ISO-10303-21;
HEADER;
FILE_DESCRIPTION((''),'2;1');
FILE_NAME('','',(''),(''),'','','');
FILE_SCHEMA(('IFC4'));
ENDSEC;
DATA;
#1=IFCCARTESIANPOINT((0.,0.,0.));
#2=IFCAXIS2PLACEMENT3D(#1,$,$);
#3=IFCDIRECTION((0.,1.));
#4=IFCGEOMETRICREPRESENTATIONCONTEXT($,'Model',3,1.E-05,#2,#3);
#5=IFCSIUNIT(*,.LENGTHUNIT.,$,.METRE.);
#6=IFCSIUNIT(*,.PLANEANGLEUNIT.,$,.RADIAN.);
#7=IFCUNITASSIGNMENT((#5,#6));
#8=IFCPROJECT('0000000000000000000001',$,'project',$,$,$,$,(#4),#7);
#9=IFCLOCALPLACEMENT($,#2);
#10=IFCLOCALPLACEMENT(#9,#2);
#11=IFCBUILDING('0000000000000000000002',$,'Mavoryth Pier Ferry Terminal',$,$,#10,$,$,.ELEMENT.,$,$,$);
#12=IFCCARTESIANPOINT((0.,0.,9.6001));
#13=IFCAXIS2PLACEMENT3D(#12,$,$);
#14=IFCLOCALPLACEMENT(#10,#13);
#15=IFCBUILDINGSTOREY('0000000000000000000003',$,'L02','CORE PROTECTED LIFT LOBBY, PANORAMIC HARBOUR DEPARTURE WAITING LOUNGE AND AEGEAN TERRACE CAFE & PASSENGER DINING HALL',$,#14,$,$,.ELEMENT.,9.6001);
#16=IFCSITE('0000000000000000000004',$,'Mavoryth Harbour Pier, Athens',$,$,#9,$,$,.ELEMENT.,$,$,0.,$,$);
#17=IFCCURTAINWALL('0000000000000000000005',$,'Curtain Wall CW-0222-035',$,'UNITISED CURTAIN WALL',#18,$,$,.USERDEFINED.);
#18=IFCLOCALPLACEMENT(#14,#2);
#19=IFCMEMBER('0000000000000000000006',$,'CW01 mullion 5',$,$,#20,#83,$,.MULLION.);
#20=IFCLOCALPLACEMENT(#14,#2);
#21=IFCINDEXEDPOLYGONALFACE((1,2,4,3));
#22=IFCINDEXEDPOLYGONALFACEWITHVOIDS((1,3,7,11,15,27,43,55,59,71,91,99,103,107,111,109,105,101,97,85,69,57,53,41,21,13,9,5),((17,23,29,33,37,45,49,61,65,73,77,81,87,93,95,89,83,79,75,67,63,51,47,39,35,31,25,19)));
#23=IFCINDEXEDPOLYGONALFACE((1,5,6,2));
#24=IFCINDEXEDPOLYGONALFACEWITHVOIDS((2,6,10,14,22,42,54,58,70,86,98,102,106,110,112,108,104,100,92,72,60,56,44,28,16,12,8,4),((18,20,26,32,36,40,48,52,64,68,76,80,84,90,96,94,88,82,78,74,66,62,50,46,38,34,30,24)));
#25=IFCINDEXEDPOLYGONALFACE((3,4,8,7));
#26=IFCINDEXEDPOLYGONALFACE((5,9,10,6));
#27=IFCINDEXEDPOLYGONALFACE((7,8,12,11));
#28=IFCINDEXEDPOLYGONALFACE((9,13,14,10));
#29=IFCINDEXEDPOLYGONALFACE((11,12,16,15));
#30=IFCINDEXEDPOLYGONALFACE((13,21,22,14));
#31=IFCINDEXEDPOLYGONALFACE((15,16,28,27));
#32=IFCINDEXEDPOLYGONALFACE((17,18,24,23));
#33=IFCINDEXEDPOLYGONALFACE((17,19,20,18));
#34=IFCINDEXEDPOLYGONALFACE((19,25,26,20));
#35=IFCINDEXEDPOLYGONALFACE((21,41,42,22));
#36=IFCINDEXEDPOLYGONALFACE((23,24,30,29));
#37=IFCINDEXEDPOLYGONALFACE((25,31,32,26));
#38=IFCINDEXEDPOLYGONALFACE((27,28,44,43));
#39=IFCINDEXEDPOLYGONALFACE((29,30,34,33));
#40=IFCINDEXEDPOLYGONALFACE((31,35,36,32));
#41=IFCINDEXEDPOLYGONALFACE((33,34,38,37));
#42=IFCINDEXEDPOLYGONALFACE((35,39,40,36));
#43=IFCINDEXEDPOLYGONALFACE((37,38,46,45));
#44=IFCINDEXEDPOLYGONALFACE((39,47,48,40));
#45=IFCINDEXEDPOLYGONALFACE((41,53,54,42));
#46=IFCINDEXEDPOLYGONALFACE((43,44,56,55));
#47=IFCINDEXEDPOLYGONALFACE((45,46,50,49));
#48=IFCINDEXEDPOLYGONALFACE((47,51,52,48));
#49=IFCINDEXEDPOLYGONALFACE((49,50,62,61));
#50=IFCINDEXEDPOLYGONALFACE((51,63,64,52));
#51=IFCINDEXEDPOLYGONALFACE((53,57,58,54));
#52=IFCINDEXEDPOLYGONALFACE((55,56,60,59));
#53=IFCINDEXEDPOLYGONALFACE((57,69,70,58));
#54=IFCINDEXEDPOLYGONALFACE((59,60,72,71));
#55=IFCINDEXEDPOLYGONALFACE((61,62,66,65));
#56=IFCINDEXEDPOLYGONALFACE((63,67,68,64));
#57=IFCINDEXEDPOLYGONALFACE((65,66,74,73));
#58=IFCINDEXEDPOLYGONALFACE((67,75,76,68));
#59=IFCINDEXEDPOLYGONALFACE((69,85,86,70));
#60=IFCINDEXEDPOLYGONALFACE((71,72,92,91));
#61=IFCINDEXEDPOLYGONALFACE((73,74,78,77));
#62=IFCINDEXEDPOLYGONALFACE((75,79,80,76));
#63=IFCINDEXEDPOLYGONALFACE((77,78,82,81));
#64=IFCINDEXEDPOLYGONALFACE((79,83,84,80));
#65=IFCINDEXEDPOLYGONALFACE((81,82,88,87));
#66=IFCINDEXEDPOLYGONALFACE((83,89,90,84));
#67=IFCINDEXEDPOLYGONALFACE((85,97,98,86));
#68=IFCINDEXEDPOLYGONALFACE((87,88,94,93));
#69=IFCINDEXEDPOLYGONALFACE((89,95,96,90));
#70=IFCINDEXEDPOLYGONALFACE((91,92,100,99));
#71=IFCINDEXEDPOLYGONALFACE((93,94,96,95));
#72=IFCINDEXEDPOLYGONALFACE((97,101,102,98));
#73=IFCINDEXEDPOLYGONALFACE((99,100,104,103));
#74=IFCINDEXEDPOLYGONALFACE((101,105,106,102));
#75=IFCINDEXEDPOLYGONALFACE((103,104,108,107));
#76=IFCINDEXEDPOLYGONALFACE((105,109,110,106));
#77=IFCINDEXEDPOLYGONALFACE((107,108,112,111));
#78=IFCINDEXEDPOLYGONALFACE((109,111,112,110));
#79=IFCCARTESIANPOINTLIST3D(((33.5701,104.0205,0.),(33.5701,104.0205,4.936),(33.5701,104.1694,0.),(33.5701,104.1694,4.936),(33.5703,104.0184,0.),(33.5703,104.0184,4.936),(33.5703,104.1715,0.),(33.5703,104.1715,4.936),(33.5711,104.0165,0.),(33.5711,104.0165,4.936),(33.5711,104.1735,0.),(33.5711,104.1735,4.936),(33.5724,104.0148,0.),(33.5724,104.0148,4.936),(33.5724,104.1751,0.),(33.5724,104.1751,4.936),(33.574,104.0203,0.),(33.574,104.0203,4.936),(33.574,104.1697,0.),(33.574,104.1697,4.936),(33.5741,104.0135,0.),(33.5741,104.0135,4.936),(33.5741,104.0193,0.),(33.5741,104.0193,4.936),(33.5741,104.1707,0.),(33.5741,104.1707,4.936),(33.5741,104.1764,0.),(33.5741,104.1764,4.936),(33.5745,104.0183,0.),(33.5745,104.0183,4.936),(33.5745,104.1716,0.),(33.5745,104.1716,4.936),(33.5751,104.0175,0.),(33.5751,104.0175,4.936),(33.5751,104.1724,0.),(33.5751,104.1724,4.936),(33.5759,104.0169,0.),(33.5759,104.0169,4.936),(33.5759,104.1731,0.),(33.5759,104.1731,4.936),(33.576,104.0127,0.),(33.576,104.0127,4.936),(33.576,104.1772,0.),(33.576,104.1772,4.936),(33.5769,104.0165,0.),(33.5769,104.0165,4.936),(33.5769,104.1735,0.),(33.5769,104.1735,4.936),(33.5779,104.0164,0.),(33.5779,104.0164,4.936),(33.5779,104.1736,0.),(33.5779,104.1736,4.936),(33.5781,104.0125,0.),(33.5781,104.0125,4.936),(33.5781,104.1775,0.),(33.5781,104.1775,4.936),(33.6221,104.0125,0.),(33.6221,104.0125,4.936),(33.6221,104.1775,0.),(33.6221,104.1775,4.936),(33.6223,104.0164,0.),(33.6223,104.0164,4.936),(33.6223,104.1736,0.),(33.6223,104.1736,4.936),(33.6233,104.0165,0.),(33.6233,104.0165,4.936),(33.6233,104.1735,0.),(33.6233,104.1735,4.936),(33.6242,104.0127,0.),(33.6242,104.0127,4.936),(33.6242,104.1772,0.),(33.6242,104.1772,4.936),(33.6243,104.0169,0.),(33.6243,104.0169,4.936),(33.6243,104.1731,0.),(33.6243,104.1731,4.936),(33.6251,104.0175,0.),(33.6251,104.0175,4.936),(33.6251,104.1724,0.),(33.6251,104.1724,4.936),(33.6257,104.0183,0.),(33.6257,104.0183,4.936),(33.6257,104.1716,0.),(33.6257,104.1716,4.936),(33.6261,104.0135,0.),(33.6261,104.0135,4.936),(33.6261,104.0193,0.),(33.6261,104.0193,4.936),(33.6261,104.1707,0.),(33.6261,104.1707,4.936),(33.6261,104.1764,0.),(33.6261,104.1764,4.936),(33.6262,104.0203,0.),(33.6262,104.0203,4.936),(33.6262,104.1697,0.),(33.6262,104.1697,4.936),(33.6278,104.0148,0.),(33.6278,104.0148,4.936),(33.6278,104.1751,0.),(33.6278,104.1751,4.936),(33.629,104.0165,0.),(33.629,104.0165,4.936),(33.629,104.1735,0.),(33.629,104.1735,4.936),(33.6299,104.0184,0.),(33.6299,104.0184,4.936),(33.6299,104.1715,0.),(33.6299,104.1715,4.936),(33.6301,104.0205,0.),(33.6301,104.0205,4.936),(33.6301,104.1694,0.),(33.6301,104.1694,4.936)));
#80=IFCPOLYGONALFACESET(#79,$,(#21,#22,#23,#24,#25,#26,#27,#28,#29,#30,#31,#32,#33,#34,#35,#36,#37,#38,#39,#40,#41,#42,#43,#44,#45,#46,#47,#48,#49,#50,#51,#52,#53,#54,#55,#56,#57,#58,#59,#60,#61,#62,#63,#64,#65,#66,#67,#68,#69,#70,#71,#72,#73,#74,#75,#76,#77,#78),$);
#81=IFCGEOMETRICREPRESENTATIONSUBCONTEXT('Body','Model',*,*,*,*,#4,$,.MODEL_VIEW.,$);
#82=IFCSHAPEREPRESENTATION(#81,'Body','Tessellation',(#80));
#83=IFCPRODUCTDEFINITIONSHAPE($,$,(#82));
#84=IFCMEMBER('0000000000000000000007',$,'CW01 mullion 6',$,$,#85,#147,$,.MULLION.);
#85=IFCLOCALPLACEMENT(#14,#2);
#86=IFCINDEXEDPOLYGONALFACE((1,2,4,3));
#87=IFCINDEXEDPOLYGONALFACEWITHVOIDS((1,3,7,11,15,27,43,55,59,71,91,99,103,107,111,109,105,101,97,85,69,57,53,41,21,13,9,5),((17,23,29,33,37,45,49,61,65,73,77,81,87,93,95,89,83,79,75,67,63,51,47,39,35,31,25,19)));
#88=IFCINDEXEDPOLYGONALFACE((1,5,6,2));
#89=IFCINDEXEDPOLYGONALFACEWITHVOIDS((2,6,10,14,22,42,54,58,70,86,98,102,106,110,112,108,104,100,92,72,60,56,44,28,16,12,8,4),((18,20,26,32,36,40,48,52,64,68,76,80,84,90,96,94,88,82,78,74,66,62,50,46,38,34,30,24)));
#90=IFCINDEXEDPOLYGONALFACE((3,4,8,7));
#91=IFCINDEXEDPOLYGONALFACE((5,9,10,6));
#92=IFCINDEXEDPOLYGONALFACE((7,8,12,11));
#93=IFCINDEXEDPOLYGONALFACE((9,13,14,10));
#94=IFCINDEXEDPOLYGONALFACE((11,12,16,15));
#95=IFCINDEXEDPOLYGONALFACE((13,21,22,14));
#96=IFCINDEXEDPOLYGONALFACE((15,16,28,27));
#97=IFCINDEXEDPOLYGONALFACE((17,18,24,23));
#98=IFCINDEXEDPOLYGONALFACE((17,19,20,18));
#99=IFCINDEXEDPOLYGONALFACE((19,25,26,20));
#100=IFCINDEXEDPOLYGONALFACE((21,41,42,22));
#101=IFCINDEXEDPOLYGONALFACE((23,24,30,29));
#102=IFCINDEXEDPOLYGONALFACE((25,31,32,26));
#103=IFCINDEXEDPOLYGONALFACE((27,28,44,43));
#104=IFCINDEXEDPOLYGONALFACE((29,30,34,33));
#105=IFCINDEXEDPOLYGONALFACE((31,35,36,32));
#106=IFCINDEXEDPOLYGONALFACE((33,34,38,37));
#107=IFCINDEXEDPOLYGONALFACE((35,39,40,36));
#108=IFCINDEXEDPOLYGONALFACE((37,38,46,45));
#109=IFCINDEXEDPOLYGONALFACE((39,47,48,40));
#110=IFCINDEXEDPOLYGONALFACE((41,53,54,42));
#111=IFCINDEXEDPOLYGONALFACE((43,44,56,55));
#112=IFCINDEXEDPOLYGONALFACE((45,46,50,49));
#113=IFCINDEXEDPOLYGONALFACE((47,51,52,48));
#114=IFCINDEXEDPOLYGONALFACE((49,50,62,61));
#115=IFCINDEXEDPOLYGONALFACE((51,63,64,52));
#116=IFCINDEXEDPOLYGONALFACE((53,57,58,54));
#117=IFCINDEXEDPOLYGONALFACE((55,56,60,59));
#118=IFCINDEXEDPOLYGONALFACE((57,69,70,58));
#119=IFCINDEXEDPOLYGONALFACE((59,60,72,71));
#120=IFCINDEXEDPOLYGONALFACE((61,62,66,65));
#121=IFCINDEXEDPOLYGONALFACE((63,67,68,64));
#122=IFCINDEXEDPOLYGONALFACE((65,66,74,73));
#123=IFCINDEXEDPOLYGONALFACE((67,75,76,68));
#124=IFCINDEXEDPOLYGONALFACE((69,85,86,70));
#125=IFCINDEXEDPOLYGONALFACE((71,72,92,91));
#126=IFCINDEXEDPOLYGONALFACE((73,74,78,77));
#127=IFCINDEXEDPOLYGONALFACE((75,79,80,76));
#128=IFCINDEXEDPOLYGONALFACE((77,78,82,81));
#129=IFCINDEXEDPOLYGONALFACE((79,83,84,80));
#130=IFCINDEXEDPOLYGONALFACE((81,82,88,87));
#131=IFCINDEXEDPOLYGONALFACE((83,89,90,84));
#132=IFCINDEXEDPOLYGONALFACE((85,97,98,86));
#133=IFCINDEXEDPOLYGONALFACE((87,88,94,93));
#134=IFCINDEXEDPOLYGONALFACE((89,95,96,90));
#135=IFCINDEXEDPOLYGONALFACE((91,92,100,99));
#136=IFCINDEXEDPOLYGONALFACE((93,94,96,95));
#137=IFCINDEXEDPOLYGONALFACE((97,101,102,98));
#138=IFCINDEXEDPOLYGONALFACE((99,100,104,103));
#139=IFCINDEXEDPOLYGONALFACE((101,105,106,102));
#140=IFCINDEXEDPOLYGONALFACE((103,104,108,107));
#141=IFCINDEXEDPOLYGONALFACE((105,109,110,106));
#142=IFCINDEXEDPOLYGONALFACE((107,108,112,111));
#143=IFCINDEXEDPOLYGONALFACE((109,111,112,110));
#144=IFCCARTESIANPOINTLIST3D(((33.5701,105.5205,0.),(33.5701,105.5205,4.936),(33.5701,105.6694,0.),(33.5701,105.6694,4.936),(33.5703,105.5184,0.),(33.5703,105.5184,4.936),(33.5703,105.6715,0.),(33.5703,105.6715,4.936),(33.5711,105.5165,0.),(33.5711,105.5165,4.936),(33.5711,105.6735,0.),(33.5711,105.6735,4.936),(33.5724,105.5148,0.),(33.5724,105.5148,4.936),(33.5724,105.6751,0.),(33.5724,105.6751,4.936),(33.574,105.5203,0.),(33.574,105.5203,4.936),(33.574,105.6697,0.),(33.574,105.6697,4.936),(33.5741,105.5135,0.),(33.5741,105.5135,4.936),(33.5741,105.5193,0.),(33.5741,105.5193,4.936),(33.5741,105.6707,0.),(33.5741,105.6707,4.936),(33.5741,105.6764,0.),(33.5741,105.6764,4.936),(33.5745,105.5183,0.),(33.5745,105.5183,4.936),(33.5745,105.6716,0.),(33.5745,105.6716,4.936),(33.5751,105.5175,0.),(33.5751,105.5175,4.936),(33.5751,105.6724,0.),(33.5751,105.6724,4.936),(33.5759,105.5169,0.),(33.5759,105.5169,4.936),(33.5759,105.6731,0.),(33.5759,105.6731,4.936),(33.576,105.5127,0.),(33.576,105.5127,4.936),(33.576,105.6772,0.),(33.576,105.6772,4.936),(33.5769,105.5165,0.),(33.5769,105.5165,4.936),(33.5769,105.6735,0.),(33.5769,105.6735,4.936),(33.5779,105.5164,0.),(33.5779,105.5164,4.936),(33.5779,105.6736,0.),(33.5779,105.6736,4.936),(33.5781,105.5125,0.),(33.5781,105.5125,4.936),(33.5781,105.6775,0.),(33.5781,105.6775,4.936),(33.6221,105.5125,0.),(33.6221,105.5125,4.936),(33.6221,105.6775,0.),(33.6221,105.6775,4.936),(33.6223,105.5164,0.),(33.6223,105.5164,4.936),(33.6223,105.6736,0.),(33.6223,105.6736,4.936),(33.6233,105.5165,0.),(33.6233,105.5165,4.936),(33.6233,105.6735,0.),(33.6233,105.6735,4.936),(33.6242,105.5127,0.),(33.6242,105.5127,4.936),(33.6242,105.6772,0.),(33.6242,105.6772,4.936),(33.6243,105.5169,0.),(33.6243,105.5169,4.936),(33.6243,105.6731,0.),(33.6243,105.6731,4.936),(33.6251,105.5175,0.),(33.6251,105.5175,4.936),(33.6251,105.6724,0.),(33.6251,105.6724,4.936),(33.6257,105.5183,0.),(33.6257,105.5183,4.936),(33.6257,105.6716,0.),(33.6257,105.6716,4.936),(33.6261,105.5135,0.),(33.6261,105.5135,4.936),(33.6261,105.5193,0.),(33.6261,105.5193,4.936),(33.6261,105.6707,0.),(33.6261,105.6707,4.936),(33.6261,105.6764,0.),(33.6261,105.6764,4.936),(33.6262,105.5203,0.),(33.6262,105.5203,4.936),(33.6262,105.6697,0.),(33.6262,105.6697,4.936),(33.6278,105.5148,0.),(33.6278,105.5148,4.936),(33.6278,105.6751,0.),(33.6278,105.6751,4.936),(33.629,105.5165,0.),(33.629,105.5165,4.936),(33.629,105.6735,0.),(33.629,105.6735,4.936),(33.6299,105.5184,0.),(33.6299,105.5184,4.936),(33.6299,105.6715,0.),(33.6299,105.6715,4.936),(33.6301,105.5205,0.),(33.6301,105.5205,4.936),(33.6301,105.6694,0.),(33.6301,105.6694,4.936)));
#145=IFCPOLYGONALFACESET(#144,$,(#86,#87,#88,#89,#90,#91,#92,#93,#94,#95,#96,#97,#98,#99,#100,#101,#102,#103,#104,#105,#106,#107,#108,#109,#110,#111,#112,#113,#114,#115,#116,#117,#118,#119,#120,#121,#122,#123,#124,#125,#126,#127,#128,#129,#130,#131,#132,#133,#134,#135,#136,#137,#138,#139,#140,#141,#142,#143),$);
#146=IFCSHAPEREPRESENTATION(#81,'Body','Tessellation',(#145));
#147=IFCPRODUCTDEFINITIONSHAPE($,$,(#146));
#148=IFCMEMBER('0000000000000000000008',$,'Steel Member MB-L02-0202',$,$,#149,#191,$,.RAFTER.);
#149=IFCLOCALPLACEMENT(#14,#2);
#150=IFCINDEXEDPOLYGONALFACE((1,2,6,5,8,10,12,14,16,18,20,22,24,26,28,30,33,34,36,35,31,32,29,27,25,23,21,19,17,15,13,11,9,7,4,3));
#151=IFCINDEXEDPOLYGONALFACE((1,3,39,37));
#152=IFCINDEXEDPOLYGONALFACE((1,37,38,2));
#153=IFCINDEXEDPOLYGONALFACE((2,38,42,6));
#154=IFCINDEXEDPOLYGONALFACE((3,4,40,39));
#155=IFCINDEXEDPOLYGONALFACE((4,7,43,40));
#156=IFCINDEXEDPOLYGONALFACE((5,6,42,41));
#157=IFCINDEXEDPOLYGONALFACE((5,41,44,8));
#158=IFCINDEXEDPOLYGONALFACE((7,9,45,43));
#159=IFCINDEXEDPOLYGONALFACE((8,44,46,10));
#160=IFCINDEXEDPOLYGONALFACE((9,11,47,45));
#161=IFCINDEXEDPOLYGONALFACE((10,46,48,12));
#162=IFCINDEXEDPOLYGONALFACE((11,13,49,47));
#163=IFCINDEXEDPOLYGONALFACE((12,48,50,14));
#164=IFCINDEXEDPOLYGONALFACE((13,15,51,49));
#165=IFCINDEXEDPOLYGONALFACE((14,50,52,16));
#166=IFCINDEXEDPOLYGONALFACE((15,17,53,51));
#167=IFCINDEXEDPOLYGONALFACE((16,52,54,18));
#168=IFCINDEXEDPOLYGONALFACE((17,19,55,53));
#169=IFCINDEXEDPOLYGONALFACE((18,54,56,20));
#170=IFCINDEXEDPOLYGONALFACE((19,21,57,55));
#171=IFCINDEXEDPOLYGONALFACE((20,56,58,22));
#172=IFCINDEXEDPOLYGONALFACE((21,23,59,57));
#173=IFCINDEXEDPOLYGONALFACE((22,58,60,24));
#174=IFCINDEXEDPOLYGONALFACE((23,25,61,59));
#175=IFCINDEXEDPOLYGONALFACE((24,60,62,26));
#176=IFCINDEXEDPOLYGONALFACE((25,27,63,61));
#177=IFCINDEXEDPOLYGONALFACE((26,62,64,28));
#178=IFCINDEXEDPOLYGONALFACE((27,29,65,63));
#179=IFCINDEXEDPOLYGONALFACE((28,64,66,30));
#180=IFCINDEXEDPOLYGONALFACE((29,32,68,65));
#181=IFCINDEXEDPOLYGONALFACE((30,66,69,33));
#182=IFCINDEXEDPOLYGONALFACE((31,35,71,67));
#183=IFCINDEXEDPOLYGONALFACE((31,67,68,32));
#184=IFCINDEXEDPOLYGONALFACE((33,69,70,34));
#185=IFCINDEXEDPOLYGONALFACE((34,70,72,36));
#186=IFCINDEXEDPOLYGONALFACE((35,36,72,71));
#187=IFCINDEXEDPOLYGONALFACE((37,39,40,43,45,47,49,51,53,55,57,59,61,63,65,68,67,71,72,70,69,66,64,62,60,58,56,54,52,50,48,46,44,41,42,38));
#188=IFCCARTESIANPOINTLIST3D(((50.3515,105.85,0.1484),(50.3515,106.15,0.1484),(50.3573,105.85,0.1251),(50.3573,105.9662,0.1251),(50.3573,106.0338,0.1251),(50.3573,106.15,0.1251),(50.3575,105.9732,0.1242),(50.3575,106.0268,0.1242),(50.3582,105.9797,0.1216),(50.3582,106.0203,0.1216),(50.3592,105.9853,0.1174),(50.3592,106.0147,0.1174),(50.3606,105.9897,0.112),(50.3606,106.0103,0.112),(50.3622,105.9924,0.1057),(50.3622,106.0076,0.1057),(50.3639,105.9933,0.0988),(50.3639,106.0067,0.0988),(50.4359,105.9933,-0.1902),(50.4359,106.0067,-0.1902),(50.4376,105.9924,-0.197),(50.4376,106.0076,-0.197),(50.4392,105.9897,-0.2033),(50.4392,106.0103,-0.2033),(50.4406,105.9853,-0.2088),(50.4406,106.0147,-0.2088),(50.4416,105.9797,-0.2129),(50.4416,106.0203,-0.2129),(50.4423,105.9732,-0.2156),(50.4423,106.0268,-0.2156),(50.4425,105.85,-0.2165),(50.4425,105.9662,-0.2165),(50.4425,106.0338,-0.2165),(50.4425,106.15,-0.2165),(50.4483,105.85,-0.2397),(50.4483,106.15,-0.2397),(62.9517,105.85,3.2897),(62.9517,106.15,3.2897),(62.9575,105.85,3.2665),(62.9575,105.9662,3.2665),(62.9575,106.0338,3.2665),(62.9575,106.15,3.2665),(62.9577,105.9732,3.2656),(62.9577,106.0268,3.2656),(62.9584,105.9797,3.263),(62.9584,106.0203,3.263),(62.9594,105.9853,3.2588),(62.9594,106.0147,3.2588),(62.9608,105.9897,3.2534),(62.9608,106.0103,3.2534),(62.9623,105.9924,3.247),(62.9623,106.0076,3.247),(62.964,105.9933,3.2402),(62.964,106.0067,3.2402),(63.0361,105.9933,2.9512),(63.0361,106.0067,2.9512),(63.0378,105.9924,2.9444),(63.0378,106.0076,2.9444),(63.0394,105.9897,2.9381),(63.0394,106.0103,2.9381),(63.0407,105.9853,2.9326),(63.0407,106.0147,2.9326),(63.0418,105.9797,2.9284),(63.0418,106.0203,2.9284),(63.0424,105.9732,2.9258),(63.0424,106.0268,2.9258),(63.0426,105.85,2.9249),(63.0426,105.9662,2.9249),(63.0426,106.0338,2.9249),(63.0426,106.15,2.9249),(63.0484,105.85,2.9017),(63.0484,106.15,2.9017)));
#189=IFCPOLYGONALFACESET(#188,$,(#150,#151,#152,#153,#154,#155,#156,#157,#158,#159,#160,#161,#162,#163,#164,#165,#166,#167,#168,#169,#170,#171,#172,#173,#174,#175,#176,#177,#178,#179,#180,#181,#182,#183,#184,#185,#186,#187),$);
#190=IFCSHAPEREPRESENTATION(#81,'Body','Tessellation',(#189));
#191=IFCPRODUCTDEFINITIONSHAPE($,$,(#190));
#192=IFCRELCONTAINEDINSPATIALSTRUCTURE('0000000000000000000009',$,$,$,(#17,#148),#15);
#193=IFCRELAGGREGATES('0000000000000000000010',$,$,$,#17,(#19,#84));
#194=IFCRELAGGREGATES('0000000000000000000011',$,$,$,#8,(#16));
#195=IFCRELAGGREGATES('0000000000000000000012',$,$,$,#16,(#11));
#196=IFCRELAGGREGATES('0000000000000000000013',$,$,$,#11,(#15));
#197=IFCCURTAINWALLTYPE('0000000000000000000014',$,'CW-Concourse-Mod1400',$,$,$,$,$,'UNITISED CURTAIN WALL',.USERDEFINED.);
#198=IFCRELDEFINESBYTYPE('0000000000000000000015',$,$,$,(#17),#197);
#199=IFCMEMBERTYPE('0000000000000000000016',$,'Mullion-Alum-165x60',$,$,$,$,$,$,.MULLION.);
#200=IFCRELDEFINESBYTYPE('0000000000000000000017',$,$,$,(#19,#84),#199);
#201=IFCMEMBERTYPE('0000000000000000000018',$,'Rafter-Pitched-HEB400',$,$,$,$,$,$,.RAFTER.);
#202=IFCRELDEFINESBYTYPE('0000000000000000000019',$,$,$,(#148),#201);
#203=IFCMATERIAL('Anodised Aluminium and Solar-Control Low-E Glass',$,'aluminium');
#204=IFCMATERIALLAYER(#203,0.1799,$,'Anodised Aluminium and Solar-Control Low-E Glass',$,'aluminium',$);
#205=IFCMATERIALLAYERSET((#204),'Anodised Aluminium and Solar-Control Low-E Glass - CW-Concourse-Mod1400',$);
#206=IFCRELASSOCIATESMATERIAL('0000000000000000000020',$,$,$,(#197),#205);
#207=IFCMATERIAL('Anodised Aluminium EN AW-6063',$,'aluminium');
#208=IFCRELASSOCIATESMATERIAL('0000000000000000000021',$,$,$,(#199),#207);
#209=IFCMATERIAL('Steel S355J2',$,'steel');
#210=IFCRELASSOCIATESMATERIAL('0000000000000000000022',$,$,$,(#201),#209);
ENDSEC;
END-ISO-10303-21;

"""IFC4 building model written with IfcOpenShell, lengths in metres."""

from ifc_helpers import new_model, si_unit, direction, frame, origin, origin_2d, place, context, subcontext, project, spatial, hollow_rectangle, i_section, extrude, material, layer, layer_set, material_profile, profile_set, type_object, element, aggregate, save


model = new_model("IFC4")

# Units and contexts
model_context = context("Model", 3, precision=1e-05, world=origin(), true_north=direction((0.0, 1.0)))
body_context = subcontext(model_context, "Body", "Model", "MODEL_VIEW")
ifc_project = project(units=[si_unit("LENGTHUNIT", "METRE"), si_unit("PLANEANGLEUNIT", "RADIAN")], contexts=[model_context])

# Site, building, storey
site_placement = place(None, origin())
site = spatial("IfcSite", under=ifc_project, at=site_placement, Name="Mavoryth Harbour Pier, Athens", CompositionType="ELEMENT", RefElevation=0.0)
building_placement = place(site_placement, origin())
building = spatial("IfcBuilding", under=site, at=building_placement, Name="Mavoryth Pier Ferry Terminal", CompositionType="ELEMENT")
storey_placement = place(building_placement, frame((0.0, 0.0, 9.6001)))
storey = spatial("IfcBuildingStorey", under=building, at=storey_placement, Name="L02", Description="CORE PROTECTED LIFT LOBBY, PANORAMIC HARBOUR DEPARTURE WAITING LOUNGE AND AEGEAN TERRACE CAFE & PASSENGER DINING HALL", CompositionType="ELEMENT", Elevation=9.6001)

# Shared definitions
ifc_material_1 = material(Name="Steel S355J2", Category="steel")

# Curtain wall, members
ifc_material_2 = material(Name="Anodised Aluminium and Solar-Control Low-E Glass", Category="aluminium")
ifc_layer_1 = layer(ifc_material_2, 0.1799, Name="Anodised Aluminium and Solar-Control Low-E Glass", Category="aluminium")
ifc_layer_set_1 = layer_set([ifc_layer_1], Name="Anodised Aluminium and Solar-Control Low-E Glass - CW-Concourse-Mod1400")
curtain_wall_type = type_object("IfcCurtainWallType", Name="CW-Concourse-Mod1400", ElementType="UNITISED CURTAIN WALL", PredefinedType="USERDEFINED", material=ifc_layer_set_1)
curtain_wall_placement = place(storey_placement, origin())
curtain_wall = element("IfcCurtainWall", 1, at=curtain_wall_placement, inside=storey, type_object=curtain_wall_type, Name="Curtain Wall CW-0222-035", ObjectType="UNITISED CURTAIN WALL", PredefinedType="USERDEFINED")
ifc_material_3 = material(Name="Anodised Aluminium EN AW-6063", Category="aluminium")
ifc_material_profile_1 = material_profile(ifc_material_3, hollow_rectangle(XDim=0.0601, YDim=0.165, WallThickness=0.0039, InnerFilletRadius=0.0039, OuterFilletRadius=0.0081, at=origin_2d()), Name="AL-MULL 165x60x4", Category="aluminium")
ifc_profile_set_1 = profile_set([ifc_material_profile_1], Name="Anodised Aluminium EN AW-6063 - AL-MULL 165x60x4")
member_type_1 = type_object("IfcMemberType", Name="Mullion-Alum-165x60", PredefinedType="MULLION", material=ifc_profile_set_1)
member_1_placement = place(storey_placement, frame((33.6001, 104.095, 0.0), z_axis=(0.0, 0.0, 1.0), x_axis=(-1.0, 0.0, 0.0)))
member_1 = element("IfcMember", 2, at=member_1_placement, type_object=member_type_1, Name="CW01 mullion 5", PredefinedType="MULLION", context=body_context, shape_type="SweptSolid", body=[
    extrude(hollow_rectangle(XDim=0.0601, YDim=0.165, WallThickness=0.0039, InnerFilletRadius=0.0039, OuterFilletRadius=0.0081, at=origin_2d()), origin(), (0.0, 0.0, 1.0), 4.936),
])
member_2_placement = place(storey_placement, frame((33.6001, 105.595, 0.0), z_axis=(0.0, 0.0, 1.0), x_axis=(-1.0, 0.0, 0.0)))
member_2 = element("IfcMember", 3, at=member_2_placement, type_object=member_type_1, Name="CW01 mullion 6", PredefinedType="MULLION", context=body_context, shape_type="SweptSolid", body=[
    extrude(hollow_rectangle(XDim=0.0601, YDim=0.165, WallThickness=0.0039, InnerFilletRadius=0.0039, OuterFilletRadius=0.0081, at=origin_2d()), origin(), (0.0, 0.0, 1.0), 4.936),
])

# Member
ifc_material_profile_2 = material_profile(ifc_material_1, i_section(OverallWidth=0.3, OverallDepth=0.3999, WebThickness=0.0134, FlangeThickness=0.0239, FilletRadius=0.0271, at=origin_2d()), Name="HEB 400", Category="steel")
ifc_profile_set_2 = profile_set([ifc_material_profile_2], Name="Steel S355J2 - HEB 400")
member_type_2 = type_object("IfcMemberType", Name="Rafter-Pitched-HEB400", PredefinedType="RAFTER", material=ifc_profile_set_2)
member_3_placement = place(storey_placement, frame((50.3999, 106.0, -0.0457), z_axis=(0.970299, 0.0, 0.241907), x_axis=(0.0, 1.0, 0.0)))
element("IfcMember", 4, at=member_3_placement, inside=storey, type_object=member_type_2, Name="Steel Member MB-L02-0202", PredefinedType="RAFTER", context=body_context, shape_type="SweptSolid", body=[
    extrude(i_section(OverallWidth=0.3, OverallDepth=0.3999, WebThickness=0.0134, FlangeThickness=0.0239, FilletRadius=0.0271, at=origin_2d()), origin(), (0.0, 0.0, 1.0), 12.9858),
])

aggregate(curtain_wall, [member_1, member_2])

save(model, "model.ifc")
